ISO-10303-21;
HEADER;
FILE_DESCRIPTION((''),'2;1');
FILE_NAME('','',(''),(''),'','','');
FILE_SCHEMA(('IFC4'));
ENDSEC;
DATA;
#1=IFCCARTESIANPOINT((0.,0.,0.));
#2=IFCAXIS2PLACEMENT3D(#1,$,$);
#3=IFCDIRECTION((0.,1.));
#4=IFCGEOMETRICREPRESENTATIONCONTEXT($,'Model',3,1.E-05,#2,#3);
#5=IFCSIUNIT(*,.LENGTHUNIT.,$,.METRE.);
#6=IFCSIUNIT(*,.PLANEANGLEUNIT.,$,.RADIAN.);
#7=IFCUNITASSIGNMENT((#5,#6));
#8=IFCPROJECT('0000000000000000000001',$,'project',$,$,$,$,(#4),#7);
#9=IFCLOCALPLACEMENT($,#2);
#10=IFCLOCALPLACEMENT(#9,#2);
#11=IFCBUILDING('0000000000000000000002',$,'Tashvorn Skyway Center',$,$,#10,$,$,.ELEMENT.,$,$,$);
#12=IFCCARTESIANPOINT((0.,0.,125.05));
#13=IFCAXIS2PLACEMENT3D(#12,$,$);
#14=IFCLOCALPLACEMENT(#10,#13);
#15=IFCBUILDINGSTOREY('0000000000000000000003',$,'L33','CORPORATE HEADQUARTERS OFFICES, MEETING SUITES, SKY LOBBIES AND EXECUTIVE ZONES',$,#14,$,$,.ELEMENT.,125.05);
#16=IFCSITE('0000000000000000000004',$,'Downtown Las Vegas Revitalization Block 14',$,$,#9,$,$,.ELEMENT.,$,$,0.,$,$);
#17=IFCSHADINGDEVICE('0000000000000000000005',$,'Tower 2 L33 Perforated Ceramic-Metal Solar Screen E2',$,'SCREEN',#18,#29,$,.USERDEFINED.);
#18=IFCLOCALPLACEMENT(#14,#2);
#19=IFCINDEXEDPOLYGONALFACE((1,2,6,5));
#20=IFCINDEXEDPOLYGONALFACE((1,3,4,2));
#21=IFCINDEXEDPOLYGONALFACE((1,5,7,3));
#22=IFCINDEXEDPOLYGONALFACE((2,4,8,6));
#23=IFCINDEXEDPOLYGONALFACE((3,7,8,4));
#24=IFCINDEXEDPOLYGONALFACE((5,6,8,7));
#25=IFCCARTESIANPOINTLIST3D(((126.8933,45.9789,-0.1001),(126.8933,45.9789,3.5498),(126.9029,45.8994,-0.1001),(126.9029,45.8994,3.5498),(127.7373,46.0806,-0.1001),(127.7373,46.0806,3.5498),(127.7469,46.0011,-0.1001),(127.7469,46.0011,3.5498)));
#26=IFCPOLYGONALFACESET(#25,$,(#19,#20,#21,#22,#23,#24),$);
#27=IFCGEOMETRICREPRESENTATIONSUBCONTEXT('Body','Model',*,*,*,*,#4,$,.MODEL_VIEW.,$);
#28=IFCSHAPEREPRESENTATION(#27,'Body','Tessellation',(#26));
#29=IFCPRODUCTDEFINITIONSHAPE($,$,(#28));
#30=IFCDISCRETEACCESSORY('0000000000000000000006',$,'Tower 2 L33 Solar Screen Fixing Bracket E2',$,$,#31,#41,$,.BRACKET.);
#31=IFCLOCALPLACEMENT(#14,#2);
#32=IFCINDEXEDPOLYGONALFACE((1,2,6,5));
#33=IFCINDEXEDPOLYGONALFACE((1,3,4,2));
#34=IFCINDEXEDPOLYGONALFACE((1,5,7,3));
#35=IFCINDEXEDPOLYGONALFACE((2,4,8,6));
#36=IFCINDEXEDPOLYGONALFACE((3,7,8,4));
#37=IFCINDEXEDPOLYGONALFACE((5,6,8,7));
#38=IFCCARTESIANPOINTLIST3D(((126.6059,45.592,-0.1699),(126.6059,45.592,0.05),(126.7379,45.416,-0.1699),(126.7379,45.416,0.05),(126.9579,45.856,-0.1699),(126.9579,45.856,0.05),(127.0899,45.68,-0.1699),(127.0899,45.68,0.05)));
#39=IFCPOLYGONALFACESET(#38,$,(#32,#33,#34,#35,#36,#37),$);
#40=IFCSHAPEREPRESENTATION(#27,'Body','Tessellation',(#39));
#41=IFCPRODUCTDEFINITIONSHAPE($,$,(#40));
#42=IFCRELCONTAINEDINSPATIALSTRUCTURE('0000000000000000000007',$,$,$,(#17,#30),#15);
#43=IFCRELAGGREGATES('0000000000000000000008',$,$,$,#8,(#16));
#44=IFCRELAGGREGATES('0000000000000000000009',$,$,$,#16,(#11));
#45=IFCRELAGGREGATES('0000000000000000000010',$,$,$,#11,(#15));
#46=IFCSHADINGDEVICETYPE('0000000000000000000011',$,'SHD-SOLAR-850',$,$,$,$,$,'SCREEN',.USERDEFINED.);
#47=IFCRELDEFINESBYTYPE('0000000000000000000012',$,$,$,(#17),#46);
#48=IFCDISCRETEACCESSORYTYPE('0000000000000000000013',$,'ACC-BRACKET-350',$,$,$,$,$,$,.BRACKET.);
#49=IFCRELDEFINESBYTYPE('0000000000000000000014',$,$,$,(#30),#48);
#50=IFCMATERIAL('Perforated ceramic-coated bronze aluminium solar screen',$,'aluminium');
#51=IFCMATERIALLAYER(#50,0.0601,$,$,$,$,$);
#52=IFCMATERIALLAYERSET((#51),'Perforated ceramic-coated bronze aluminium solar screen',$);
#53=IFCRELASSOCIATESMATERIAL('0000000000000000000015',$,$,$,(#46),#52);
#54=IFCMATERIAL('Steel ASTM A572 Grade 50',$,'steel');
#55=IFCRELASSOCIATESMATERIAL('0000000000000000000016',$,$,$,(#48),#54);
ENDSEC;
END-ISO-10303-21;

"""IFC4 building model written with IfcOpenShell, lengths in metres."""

from ifc_helpers import new_model, si_unit, direction, frame, origin, origin_2d, place, context, subcontext, project, spatial, rectangle, extrude, material, layer, layer_set, type_object, element, save


model = new_model("IFC4")

# Units and contexts
model_context = context("Model", 3, precision=1e-05, world=origin(), true_north=direction((0.0, 1.0)))
body_context = subcontext(model_context, "Body", "Model", "MODEL_VIEW")
ifc_project = project(units=[si_unit("LENGTHUNIT", "METRE"), si_unit("PLANEANGLEUNIT", "RADIAN")], contexts=[model_context])

# Site, building, storey
site_placement = place(None, origin())
site = spatial("IfcSite", under=ifc_project, at=site_placement, Name="Downtown Las Vegas Revitalization Block 14", CompositionType="ELEMENT", RefElevation=0.0)
building_placement = place(site_placement, origin())
building = spatial("IfcBuilding", under=site, at=building_placement, Name="Tashvorn Skyway Center", CompositionType="ELEMENT")
storey_placement = place(building_placement, frame((0.0, 0.0, 125.05)))
storey = spatial("IfcBuildingStorey", under=building, at=storey_placement, Name="L33", Description="CORPORATE HEADQUARTERS OFFICES, MEETING SUITES, SKY LOBBIES AND EXECUTIVE ZONES", CompositionType="ELEMENT", Elevation=125.05)

# Shared definitions
ifc_material_1 = material(Name="Steel ASTM A572 Grade 50", Category="steel")

# Shared definitions
ifc_material_2 = material(Name="Perforated ceramic-coated bronze aluminium solar screen", Category="aluminium")

# Shading device
ifc_layer_1 = layer(ifc_material_2, 0.0601)
ifc_layer_set_1 = layer_set([ifc_layer_1], Name="Perforated ceramic-coated bronze aluminium solar screen")
shading_device_type = type_object("IfcShadingDeviceType", Name="SHD-SOLAR-850", ElementType="SCREEN", PredefinedType="USERDEFINED", material=ifc_layer_set_1)
shading_device_placement = place(storey_placement, frame((127.3201, 45.99, -0.1001), z_axis=(0.0, 0.0, 1.0), x_axis=(0.119615, -0.99282, 0.0)))
element("IfcShadingDevice", 1, at=shading_device_placement, inside=storey, type_object=shading_device_type, Name="Tower 2 L33 Perforated Ceramic-Metal Solar Screen E2", ObjectType="SCREEN", PredefinedType="USERDEFINED", context=body_context, shape_type="SweptSolid", body=[
    extrude(rectangle(XDim=0.0801, YDim=0.8501, at=origin_2d()), origin(), (0.0, 0.0, 1.0), 3.6499),
])

# Discrete accessory
discrete_accessory_type = type_object("IfcDiscreteAccessoryType", Name="ACC-BRACKET-350", PredefinedType="BRACKET", material=ifc_material_1)
discrete_accessory_placement = place(storey_placement, frame((126.8479, 45.636, -0.1699), z_axis=(0.0, 0.0, 1.0), x_axis=(0.6, -0.8, 0.0)))
element("IfcDiscreteAccessory", 2, at=discrete_accessory_placement, inside=storey, type_object=discrete_accessory_type, Name="Tower 2 L33 Solar Screen Fixing Bracket E2", PredefinedType="BRACKET", context=body_context, shape_type="SweptSolid", body=[
    extrude(rectangle(XDim=0.22, YDim=0.4399, at=origin_2d()), origin(), (0.0, 0.0, 1.0), 0.22),
])

save(model, "model.ifc")
